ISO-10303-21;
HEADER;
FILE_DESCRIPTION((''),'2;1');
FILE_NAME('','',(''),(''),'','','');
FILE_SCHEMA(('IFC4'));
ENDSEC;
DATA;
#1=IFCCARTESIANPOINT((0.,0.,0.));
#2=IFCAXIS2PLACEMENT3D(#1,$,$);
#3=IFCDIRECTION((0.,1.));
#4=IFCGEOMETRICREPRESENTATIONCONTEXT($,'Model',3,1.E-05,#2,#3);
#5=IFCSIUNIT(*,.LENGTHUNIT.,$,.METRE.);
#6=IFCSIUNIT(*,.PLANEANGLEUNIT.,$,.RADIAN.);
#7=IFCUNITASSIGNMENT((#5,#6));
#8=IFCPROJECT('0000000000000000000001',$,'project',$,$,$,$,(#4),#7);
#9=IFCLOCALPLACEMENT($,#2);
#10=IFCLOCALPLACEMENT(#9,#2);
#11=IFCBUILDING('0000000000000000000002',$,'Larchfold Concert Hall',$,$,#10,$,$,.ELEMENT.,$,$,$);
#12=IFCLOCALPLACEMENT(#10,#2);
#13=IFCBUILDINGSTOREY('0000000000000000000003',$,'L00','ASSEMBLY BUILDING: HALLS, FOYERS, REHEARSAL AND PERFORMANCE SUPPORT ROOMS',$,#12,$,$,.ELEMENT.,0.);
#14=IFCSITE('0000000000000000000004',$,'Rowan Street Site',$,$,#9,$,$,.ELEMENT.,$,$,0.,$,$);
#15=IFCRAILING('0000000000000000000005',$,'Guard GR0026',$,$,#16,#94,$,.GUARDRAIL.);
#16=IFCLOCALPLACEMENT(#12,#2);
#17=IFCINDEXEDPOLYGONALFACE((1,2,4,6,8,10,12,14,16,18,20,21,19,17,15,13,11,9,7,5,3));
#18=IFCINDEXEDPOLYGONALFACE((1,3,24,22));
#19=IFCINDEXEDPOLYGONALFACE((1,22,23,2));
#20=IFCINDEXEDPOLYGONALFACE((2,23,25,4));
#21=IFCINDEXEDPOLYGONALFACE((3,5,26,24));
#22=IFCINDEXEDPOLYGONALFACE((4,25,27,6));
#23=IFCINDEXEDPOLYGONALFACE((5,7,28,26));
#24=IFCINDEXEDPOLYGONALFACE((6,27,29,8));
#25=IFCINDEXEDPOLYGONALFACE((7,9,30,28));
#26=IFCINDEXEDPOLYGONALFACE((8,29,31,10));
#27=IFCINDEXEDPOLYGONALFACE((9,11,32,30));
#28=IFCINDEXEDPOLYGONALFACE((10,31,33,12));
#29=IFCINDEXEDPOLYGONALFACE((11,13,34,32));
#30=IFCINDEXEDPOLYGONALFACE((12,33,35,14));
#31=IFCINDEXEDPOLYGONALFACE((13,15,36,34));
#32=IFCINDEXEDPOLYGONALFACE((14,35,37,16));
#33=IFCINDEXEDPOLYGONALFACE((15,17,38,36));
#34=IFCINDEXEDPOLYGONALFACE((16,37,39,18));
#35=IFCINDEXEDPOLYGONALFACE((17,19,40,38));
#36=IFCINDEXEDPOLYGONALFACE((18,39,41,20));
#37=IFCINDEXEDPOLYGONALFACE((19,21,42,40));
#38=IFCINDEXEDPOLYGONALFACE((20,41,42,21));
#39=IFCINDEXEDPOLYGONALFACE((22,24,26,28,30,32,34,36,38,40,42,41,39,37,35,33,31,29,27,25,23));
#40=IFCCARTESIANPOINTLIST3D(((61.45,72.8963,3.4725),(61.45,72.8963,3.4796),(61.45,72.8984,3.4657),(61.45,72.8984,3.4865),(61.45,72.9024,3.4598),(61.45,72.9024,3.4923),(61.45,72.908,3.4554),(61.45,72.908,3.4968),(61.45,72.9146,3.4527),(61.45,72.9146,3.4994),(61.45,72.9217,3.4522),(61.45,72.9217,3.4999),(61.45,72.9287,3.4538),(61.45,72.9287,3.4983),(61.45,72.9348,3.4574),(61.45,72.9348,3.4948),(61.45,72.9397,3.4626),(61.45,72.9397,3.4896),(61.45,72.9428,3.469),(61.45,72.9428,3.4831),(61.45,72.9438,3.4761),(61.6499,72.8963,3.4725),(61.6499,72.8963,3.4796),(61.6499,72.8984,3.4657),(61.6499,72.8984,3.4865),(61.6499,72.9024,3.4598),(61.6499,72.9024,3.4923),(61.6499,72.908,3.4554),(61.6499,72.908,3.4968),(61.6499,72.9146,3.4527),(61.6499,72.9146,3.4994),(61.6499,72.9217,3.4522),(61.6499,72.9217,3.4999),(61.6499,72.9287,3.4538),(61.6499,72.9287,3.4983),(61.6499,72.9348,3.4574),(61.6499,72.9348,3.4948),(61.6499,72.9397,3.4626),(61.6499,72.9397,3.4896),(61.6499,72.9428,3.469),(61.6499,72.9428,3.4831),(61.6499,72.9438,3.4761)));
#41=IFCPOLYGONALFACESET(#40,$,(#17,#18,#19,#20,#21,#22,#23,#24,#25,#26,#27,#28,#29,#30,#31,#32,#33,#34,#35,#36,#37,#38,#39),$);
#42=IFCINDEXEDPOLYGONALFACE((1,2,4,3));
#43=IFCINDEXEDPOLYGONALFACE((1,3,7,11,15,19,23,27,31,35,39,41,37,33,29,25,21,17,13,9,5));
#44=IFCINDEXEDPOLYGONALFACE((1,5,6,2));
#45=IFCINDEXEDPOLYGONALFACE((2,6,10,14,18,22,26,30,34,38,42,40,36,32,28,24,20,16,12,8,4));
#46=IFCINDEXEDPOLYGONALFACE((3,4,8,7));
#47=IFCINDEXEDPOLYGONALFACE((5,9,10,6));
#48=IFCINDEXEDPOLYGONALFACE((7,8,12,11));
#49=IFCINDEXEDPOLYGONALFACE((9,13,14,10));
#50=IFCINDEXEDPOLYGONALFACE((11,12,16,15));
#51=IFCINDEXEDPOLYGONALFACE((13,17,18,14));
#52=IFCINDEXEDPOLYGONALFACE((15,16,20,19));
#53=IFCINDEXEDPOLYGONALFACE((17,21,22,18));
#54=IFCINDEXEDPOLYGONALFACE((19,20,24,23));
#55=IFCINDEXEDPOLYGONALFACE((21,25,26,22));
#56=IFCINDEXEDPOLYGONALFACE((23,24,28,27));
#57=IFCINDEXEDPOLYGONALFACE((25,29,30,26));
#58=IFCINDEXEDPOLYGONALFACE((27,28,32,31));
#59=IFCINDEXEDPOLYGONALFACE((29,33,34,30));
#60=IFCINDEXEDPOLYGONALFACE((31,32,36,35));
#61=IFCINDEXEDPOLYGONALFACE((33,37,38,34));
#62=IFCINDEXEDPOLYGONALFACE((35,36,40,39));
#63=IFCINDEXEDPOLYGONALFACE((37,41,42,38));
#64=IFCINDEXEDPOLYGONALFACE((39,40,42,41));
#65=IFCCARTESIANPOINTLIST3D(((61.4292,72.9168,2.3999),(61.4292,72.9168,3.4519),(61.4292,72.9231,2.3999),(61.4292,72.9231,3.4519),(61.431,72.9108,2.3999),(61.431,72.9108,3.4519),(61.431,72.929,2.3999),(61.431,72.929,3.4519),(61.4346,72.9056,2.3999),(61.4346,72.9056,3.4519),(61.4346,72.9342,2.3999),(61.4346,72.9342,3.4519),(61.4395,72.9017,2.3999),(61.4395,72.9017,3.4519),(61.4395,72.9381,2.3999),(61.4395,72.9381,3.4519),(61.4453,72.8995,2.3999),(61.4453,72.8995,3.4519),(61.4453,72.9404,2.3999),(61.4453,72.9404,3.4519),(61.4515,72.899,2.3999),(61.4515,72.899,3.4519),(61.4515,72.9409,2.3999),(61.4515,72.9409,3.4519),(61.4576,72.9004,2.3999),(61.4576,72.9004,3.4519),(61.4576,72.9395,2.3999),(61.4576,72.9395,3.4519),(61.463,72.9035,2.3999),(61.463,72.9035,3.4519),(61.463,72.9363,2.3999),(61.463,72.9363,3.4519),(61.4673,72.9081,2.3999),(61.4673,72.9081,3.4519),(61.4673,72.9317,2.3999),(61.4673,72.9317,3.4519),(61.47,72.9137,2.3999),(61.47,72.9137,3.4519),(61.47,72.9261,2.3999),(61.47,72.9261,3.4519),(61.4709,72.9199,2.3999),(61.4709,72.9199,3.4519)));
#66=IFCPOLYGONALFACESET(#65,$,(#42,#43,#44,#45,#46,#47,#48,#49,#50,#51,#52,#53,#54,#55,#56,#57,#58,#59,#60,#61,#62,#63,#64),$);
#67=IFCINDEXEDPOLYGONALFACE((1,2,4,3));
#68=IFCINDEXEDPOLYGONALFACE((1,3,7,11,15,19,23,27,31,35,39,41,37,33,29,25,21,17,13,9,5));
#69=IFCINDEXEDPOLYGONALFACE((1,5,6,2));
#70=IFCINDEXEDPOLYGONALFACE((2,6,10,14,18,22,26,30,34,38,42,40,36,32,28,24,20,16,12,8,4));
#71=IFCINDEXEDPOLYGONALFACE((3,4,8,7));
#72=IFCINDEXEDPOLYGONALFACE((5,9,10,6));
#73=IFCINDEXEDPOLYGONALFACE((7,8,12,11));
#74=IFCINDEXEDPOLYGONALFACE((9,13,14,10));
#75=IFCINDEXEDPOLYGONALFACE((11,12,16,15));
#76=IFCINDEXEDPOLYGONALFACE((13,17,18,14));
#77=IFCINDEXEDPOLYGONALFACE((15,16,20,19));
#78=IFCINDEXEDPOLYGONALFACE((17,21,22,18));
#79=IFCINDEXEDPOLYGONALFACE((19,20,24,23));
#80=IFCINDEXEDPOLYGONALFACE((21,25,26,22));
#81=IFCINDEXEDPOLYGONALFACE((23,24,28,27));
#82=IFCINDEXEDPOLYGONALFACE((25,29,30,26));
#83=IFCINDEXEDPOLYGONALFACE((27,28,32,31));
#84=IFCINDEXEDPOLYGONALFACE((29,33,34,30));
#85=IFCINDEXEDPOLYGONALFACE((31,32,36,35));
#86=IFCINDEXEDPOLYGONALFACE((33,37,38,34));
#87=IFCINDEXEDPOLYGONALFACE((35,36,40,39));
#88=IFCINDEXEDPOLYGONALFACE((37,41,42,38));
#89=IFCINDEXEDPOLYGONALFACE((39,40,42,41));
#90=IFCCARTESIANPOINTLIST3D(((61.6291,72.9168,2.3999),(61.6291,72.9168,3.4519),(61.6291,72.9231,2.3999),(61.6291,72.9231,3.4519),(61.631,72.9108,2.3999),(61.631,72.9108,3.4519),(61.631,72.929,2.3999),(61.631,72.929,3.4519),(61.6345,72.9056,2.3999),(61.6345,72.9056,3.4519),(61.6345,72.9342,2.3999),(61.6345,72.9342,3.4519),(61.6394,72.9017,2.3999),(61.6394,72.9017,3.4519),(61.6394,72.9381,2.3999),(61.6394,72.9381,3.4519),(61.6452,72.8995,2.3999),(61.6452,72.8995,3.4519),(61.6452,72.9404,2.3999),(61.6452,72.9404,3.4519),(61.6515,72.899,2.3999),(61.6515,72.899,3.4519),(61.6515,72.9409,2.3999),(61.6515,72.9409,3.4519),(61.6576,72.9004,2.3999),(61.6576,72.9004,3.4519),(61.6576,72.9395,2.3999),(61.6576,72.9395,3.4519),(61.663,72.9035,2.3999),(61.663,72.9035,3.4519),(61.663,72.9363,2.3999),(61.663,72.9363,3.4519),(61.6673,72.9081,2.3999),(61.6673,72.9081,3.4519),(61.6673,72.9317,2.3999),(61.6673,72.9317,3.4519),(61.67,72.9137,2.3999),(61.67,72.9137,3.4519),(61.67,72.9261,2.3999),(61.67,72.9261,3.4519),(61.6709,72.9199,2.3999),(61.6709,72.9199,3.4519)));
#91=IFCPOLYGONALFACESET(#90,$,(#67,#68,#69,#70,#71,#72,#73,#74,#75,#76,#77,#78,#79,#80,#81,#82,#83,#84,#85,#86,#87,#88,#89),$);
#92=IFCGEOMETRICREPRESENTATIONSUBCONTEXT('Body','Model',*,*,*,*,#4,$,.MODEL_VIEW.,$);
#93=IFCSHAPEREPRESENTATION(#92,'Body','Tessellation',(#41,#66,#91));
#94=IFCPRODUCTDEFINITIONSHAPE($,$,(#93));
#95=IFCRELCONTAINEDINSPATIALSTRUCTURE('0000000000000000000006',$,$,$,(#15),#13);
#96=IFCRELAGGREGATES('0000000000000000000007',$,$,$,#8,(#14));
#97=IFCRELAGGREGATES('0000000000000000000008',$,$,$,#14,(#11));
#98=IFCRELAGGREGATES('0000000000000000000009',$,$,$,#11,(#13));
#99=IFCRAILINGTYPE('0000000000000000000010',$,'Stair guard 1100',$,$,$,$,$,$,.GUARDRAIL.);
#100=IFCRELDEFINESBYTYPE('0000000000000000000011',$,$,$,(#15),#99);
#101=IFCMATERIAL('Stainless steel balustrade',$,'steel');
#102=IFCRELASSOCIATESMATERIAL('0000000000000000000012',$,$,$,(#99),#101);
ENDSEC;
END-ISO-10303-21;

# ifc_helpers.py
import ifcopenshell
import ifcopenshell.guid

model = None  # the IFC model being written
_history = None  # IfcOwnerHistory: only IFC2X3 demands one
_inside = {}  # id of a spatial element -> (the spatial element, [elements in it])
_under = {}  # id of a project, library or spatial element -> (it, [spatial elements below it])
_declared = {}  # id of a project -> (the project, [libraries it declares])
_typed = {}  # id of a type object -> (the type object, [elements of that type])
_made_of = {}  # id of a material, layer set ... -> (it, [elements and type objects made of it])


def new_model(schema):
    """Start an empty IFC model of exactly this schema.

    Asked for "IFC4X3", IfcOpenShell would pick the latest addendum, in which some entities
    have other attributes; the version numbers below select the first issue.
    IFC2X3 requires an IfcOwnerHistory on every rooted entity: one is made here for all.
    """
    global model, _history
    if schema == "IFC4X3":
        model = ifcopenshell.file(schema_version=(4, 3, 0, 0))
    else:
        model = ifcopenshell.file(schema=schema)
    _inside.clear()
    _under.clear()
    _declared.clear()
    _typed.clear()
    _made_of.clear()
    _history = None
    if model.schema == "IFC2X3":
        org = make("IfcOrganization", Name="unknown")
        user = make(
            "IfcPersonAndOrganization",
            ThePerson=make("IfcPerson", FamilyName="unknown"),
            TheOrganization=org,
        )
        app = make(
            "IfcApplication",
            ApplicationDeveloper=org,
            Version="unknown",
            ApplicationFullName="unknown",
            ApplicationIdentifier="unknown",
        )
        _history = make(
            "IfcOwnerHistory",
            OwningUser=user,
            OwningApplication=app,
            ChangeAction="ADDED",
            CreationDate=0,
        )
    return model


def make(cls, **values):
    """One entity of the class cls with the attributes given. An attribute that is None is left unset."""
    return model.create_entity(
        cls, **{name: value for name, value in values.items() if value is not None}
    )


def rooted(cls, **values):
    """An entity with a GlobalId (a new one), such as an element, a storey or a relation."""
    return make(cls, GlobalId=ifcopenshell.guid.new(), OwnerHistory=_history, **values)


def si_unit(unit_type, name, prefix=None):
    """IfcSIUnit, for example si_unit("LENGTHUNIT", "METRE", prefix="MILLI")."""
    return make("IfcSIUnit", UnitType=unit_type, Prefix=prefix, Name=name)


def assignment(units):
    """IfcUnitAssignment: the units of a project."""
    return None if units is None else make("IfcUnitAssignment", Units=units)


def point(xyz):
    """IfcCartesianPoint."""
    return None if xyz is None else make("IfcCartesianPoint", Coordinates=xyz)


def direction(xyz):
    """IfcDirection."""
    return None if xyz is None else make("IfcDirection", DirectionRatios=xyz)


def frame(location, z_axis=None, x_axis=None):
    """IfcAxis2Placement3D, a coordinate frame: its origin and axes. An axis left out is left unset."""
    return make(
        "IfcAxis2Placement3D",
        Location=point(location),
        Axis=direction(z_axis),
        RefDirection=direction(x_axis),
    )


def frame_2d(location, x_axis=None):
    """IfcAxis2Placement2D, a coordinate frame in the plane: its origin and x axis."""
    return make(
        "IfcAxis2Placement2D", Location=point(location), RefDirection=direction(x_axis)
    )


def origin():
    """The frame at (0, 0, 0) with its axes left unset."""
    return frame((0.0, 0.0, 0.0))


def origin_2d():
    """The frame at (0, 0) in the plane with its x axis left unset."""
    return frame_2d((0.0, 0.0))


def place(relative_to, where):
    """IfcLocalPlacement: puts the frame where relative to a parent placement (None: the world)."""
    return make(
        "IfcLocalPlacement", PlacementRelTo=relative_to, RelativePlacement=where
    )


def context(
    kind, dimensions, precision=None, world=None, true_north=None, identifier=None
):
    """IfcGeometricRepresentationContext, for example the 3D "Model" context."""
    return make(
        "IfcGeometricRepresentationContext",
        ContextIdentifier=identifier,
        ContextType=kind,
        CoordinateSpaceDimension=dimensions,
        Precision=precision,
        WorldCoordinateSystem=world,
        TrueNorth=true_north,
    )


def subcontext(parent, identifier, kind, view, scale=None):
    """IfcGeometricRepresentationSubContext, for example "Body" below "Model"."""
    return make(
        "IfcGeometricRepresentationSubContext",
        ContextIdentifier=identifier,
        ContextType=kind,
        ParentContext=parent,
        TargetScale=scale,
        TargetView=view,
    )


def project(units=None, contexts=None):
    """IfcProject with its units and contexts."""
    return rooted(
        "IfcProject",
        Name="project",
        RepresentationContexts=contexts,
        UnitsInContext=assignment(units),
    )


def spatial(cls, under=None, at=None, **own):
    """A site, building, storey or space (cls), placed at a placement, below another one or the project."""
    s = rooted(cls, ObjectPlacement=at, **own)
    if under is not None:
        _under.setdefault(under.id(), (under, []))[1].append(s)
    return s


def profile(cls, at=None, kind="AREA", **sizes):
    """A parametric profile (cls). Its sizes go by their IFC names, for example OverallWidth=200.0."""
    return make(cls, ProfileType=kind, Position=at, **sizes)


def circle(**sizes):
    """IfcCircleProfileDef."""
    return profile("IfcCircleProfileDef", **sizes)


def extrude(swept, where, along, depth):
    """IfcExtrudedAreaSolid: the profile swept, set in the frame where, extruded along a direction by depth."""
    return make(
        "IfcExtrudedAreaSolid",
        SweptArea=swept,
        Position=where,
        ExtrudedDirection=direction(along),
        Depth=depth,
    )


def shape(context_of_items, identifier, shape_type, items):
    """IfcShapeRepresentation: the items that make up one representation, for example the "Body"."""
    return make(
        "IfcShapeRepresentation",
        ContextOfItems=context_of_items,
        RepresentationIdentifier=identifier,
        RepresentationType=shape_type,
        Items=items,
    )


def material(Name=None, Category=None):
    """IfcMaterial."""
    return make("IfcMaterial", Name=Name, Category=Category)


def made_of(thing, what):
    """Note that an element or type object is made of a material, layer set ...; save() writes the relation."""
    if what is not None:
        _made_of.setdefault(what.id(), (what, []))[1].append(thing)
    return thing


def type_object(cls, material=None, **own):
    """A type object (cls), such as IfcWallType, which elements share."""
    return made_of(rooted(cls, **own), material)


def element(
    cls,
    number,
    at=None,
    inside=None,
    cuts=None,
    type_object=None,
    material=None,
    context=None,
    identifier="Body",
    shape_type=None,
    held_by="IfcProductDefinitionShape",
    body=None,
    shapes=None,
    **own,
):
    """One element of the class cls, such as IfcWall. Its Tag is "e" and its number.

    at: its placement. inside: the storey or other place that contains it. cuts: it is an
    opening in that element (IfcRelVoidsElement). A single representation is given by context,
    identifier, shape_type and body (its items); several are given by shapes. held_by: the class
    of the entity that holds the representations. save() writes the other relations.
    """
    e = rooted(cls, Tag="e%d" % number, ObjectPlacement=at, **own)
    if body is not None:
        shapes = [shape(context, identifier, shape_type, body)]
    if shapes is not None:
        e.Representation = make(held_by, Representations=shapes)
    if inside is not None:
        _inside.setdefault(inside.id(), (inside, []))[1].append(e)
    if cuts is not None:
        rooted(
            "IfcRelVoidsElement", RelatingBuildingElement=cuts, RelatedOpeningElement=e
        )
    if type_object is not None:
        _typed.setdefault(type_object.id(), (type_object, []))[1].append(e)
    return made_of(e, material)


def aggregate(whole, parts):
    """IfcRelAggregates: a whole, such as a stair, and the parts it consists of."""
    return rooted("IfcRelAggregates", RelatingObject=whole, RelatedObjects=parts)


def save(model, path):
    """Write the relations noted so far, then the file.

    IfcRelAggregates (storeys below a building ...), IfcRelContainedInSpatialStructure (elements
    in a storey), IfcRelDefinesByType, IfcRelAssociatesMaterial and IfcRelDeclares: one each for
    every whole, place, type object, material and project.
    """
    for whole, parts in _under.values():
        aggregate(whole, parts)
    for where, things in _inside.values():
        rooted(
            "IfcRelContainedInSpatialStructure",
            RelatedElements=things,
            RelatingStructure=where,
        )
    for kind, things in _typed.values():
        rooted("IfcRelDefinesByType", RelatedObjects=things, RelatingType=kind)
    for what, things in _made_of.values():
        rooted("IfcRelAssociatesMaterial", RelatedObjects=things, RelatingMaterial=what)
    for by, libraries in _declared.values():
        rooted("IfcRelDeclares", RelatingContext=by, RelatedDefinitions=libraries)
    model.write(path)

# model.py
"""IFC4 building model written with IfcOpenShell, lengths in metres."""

from ifc_helpers import new_model, si_unit, direction, frame, origin, origin_2d, place, context, subcontext, project, spatial, circle, extrude, material, type_object, element, save


model = new_model("IFC4")

# Units and contexts
model_context = context("Model", 3, precision=1e-05, world=origin(), true_north=direction((0.0, 1.0)))
body_context = subcontext(model_context, "Body", "Model", "MODEL_VIEW")
ifc_project = project(units=[si_unit("LENGTHUNIT", "METRE"), si_unit("PLANEANGLEUNIT", "RADIAN")], contexts=[model_context])

# Site, building, storey
site_placement = place(None, origin())
site = spatial("IfcSite", under=ifc_project, at=site_placement, Name="Rowan Street Site", CompositionType="ELEMENT", RefElevation=0.0)
building_placement = place(site_placement, origin())
building = spatial("IfcBuilding", under=site, at=building_placement, Name="Larchfold Concert Hall", CompositionType="ELEMENT")
storey_placement = place(building_placement, origin())
storey = spatial("IfcBuildingStorey", under=building, at=storey_placement, Name="L00", Description="ASSEMBLY BUILDING: HALLS, FOYERS, REHEARSAL AND PERFORMANCE SUPPORT ROOMS", CompositionType="ELEMENT", Elevation=0.0)

# Railing
ifc_material_1 = material(Name="Stainless steel balustrade", Category="steel")
railing_type_1 = type_object("IfcRailingType", Name="Stair guard 1100", PredefinedType="GUARDRAIL", material=ifc_material_1)
railing_1_placement = place(storey_placement, frame((61.45, 72.9199, 2.3999)))
element("IfcRailing", 1, at=railing_1_placement, inside=storey, type_object=railing_type_1, Name="Guard GR0026", PredefinedType="GUARDRAIL", context=body_context, shape_type="SweptSolid", body=[
    extrude(circle(Radius=0.0239, at=origin_2d()), frame((0.0, 0.0, 1.0762), z_axis=(1.0, 0.0, 0.0), x_axis=(0.0, 1.0, 0.0)), (0.0, 0.0, 1.0), 0.2),
    extrude(circle(Radius=0.021, at=origin_2d()), origin(), (0.0, 0.0, 1.0), 1.052),
    extrude(circle(Radius=0.021, at=origin_2d()), frame((0.2, 0.0, 0.0)), (0.0, 0.0, 1.0), 1.052),
])

save(model, "model.ifc")
